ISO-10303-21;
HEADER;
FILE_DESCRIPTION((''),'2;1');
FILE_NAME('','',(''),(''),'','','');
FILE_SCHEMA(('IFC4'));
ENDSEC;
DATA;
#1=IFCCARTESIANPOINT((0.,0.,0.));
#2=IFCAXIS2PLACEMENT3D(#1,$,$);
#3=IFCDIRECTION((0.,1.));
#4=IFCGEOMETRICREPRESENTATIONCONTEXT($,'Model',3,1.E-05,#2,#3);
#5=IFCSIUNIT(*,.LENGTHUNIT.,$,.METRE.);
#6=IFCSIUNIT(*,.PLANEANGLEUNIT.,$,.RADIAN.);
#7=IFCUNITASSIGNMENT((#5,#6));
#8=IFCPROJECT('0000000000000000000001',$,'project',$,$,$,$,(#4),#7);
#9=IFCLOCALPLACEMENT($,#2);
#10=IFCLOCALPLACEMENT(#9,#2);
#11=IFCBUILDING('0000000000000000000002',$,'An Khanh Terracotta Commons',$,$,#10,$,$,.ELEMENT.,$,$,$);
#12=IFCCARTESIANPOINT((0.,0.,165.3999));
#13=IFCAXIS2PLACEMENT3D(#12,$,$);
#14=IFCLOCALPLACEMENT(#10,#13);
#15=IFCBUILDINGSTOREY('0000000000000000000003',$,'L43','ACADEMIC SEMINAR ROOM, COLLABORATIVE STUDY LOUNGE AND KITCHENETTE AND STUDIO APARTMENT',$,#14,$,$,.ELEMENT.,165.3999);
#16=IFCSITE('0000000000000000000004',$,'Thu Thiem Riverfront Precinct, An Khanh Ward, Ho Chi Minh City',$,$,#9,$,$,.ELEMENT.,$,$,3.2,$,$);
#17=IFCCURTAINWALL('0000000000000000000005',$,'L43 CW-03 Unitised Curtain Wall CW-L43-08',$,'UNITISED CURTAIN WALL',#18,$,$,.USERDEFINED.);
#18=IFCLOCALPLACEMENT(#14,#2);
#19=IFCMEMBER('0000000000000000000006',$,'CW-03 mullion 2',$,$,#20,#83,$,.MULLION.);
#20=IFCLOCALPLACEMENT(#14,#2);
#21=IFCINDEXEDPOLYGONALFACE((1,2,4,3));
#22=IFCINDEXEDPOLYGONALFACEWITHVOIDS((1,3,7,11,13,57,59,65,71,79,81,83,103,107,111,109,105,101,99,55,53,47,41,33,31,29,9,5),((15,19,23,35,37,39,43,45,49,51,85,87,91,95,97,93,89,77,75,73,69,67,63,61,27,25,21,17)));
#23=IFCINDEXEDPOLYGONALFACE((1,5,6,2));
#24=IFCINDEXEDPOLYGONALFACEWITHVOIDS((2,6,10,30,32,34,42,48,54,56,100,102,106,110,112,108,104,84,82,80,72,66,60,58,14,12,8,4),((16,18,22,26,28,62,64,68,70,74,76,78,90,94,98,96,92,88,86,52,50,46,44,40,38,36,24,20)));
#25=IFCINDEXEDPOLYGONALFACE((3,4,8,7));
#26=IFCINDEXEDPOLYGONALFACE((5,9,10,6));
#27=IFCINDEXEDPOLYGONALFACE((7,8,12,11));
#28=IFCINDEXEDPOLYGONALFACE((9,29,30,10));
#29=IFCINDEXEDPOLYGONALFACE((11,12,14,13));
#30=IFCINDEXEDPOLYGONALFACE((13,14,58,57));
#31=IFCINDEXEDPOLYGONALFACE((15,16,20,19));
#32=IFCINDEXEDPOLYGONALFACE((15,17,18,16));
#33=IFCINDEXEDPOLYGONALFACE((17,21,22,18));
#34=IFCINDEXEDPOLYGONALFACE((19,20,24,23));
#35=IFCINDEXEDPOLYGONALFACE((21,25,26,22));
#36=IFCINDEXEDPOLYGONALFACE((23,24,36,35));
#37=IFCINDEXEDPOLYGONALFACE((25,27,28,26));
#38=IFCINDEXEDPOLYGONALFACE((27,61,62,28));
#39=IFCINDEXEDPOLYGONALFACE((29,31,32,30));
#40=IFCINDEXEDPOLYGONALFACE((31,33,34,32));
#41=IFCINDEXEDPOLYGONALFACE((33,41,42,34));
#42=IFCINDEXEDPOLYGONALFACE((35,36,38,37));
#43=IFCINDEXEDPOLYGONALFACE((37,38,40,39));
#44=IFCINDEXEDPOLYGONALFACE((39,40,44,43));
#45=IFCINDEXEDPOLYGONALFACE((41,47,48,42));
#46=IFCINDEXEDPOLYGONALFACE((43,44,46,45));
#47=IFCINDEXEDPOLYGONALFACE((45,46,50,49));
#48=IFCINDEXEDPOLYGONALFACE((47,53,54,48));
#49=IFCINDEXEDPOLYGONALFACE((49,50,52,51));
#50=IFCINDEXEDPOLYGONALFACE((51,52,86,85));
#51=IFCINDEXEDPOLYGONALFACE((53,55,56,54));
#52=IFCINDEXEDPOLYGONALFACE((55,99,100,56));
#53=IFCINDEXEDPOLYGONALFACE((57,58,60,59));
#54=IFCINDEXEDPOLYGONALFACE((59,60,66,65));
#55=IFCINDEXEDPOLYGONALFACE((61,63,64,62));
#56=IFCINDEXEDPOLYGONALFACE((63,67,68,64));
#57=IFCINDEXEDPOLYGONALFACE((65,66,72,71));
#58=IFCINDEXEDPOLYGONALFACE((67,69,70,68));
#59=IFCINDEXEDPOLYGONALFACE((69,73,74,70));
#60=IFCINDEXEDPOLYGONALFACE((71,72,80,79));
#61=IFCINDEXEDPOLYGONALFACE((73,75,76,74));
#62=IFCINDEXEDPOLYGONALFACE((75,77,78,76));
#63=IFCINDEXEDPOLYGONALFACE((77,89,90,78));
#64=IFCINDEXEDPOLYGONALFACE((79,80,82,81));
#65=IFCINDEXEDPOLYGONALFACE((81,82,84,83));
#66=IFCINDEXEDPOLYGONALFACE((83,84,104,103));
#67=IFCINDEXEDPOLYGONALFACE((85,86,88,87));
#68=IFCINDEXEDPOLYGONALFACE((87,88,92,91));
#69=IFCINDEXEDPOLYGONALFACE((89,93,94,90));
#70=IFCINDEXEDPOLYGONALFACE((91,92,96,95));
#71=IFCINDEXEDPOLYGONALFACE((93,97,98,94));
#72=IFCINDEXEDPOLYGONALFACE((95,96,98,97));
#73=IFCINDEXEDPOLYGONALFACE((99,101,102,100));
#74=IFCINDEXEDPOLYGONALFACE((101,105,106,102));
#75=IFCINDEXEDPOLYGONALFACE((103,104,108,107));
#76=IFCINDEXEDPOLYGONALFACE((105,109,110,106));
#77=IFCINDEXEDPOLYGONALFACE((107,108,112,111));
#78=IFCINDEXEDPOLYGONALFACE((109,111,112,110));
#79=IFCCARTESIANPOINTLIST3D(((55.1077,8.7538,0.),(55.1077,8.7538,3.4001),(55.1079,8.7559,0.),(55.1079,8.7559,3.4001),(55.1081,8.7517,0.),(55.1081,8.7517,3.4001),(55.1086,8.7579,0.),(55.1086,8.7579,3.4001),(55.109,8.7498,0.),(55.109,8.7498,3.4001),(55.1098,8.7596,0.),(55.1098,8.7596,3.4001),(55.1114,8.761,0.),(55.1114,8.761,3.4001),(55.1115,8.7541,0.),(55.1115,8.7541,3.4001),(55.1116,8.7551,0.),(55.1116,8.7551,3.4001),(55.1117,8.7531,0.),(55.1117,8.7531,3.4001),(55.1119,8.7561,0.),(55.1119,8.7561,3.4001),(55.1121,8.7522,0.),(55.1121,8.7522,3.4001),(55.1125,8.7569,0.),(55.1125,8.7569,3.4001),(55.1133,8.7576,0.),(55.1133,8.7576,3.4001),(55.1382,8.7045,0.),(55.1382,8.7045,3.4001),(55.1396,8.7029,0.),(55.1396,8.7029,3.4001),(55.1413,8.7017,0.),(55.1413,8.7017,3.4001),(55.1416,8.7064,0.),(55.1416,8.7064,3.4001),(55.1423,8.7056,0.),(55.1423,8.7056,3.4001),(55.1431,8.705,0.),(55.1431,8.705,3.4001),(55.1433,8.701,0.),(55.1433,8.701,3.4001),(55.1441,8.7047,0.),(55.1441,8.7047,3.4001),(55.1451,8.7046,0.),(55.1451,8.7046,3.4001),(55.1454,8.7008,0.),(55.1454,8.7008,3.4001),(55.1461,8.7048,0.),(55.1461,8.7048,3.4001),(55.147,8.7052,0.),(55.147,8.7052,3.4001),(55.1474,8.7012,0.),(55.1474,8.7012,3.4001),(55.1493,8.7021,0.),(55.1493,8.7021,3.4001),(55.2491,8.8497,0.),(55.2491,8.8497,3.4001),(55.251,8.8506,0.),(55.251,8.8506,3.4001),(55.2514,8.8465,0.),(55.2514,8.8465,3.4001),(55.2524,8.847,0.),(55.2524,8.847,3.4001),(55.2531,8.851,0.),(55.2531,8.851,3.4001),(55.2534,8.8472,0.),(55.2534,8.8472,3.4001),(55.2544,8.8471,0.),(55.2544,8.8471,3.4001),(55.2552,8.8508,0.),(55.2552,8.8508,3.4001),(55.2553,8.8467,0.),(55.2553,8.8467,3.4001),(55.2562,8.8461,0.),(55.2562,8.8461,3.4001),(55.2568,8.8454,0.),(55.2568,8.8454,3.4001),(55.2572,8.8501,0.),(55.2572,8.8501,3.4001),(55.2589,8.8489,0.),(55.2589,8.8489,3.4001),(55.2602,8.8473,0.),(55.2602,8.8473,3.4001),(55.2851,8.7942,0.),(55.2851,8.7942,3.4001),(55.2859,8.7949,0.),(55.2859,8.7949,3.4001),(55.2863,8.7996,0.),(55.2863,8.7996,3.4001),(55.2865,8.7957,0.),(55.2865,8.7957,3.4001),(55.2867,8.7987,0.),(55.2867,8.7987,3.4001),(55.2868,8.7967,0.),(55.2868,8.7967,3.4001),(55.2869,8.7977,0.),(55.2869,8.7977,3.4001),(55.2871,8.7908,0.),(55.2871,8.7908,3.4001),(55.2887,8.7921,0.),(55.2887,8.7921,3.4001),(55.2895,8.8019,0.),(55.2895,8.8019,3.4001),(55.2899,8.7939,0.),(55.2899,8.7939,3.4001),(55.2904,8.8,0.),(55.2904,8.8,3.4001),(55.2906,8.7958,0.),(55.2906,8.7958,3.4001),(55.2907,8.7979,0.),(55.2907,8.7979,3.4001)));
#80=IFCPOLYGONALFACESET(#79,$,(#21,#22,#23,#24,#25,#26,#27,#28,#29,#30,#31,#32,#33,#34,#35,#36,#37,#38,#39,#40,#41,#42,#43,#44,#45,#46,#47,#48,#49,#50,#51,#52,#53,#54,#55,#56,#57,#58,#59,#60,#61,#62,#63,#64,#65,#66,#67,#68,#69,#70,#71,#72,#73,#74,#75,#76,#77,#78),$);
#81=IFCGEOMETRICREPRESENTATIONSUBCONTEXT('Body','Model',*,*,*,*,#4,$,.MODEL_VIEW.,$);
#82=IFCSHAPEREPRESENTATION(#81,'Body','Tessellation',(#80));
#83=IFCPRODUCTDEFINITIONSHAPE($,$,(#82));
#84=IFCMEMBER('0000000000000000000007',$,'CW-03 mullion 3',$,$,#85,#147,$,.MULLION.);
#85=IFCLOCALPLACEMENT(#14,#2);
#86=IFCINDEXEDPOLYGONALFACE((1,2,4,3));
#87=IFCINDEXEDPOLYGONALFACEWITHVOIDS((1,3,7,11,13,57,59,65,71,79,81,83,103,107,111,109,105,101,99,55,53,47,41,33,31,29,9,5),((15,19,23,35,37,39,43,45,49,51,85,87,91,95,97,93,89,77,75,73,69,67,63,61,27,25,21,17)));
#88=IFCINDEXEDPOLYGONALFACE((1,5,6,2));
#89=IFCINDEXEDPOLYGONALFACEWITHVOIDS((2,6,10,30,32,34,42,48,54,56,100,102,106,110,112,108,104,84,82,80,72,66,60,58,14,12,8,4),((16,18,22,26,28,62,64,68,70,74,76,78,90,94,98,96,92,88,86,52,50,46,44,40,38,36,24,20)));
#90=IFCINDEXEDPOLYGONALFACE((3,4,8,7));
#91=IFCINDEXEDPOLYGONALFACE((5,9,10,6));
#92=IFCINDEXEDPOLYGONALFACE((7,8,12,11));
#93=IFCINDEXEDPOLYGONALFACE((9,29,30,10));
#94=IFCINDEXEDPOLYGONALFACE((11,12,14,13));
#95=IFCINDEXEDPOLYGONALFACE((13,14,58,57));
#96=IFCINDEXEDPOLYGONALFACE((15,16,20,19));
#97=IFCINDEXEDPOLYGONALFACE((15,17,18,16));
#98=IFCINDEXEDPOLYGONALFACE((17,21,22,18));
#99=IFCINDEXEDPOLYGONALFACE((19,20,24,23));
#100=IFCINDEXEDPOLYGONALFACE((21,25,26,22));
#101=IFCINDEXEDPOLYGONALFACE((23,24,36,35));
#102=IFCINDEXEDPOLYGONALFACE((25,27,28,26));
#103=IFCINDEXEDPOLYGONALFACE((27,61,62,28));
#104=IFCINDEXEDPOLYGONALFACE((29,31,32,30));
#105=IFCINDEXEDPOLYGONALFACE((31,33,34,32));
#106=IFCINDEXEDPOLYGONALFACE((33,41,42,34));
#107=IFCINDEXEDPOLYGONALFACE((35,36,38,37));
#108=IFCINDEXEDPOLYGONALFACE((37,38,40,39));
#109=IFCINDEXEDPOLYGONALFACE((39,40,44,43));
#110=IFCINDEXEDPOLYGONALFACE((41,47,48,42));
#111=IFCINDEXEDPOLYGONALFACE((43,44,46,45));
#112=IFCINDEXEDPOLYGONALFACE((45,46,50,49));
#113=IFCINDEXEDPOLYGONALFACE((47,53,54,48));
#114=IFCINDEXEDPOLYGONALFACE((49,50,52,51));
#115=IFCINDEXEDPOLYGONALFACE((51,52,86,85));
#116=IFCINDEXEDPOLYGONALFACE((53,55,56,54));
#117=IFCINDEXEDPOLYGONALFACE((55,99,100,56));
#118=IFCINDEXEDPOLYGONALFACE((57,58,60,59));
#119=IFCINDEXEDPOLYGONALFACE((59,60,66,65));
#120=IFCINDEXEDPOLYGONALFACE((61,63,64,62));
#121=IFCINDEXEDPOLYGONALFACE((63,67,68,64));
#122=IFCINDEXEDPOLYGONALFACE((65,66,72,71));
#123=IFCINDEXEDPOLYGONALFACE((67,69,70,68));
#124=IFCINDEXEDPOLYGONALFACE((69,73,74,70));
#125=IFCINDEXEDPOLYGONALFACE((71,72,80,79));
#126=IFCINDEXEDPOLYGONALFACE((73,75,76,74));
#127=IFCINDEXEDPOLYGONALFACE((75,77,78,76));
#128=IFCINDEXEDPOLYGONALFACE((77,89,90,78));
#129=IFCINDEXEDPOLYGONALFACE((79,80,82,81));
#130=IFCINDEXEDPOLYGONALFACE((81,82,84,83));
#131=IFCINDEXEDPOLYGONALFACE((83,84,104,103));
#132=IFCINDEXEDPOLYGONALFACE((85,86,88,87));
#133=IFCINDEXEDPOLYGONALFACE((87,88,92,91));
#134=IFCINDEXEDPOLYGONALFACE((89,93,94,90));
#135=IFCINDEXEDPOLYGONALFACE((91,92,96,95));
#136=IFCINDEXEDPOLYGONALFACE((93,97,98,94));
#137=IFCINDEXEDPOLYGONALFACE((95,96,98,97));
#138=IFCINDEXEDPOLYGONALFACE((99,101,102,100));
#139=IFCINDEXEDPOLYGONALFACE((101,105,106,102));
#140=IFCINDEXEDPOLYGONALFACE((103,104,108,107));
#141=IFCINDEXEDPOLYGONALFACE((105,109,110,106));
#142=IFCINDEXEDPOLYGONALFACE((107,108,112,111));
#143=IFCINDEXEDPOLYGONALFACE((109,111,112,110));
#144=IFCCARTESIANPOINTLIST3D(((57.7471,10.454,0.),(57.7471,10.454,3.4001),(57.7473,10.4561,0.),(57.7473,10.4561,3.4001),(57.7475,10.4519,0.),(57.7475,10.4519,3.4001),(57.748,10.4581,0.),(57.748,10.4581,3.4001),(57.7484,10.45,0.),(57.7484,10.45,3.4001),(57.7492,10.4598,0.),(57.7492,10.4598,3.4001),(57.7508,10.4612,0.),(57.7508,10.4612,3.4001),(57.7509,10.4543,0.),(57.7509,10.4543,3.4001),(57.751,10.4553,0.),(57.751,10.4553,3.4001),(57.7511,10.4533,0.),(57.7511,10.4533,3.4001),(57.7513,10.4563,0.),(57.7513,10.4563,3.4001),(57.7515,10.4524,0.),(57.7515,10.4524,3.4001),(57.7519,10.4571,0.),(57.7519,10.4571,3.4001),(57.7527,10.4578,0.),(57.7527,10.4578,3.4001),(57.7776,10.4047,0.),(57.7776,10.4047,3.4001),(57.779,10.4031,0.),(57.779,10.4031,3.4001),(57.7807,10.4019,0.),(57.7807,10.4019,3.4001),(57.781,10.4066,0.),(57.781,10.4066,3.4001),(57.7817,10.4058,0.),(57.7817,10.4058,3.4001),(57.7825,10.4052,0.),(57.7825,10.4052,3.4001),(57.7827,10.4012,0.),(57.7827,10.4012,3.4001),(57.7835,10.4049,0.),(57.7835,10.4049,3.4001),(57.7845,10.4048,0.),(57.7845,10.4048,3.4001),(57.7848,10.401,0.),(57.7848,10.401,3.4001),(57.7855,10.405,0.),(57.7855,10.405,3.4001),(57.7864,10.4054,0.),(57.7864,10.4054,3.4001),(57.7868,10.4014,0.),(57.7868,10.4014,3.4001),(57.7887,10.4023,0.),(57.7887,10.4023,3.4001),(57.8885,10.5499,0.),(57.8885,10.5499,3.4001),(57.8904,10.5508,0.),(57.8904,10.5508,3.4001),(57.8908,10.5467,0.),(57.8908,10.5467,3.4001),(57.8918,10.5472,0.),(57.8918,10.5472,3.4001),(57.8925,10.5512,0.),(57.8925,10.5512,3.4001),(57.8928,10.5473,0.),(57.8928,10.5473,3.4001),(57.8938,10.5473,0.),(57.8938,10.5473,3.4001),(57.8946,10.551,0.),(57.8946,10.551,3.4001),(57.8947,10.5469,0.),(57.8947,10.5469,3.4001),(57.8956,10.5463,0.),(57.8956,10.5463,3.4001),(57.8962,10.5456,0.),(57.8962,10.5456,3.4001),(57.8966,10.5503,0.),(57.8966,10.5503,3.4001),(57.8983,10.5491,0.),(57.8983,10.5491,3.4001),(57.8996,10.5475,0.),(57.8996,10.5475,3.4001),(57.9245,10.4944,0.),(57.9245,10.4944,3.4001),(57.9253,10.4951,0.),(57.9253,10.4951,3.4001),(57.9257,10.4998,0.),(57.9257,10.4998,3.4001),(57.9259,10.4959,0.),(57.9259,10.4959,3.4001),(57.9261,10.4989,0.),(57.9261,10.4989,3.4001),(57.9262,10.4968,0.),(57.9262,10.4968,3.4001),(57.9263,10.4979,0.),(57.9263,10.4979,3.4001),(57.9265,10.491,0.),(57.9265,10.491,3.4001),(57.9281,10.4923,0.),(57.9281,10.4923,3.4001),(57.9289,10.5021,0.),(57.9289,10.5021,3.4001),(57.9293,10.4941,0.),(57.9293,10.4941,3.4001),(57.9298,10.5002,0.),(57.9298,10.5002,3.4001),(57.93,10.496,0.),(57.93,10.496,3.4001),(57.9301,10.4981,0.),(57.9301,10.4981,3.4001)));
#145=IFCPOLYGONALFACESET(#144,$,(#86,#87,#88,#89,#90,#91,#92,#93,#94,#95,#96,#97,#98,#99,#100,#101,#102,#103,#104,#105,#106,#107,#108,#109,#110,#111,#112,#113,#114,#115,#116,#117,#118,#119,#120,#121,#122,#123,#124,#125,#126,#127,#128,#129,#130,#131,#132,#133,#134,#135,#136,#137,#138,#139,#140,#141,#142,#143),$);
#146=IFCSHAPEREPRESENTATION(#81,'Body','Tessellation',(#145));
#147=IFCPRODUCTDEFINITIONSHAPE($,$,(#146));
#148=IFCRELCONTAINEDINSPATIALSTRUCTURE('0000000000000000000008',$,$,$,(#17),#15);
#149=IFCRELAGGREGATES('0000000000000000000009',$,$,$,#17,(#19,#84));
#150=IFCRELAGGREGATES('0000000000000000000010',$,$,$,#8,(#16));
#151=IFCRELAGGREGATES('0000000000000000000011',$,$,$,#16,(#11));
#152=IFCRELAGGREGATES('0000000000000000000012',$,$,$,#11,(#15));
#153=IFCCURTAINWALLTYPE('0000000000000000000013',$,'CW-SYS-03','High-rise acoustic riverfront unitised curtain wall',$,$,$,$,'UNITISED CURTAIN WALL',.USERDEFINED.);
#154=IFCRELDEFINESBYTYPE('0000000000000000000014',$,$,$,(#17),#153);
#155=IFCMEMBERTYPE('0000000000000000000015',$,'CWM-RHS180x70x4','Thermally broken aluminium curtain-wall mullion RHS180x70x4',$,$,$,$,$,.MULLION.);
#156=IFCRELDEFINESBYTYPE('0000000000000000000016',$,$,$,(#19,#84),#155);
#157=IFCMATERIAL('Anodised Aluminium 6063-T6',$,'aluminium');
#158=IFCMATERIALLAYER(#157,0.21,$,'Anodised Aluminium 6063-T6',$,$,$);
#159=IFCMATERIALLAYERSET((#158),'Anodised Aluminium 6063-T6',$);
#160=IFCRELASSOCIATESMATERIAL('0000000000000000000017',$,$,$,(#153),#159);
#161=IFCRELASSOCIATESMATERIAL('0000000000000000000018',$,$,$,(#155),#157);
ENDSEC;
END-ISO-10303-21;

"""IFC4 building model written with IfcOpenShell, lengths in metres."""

from ifc_helpers import new_model, si_unit, direction, frame, origin, origin_2d, place, context, subcontext, project, spatial, hollow_rectangle, extrude, material, layer, layer_set, material_profile, profile_set, type_object, element, aggregate, save


model = new_model("IFC4")

# Units and contexts
model_context = context("Model", 3, precision=1e-05, world=origin(), true_north=direction((0.0, 1.0)))
body_context = subcontext(model_context, "Body", "Model", "MODEL_VIEW")
ifc_project = project(units=[si_unit("LENGTHUNIT", "METRE"), si_unit("PLANEANGLEUNIT", "RADIAN")], contexts=[model_context])

# Site, building, storey
site_placement = place(None, origin())
site = spatial("IfcSite", under=ifc_project, at=site_placement, Name="Thu Thiem Riverfront Precinct, An Khanh Ward, Ho Chi Minh City", CompositionType="ELEMENT", RefElevation=3.2)
building_placement = place(site_placement, origin())
building = spatial("IfcBuilding", under=site, at=building_placement, Name="An Khanh Terracotta Commons", CompositionType="ELEMENT")
storey_placement = place(building_placement, frame((0.0, 0.0, 165.3999)))
storey = spatial("IfcBuildingStorey", under=building, at=storey_placement, Name="L43", Description="ACADEMIC SEMINAR ROOM, COLLABORATIVE STUDY LOUNGE AND KITCHENETTE AND STUDIO APARTMENT", CompositionType="ELEMENT", Elevation=165.3999)

# Curtain wall, members
ifc_material_1 = material(Name="Anodised Aluminium 6063-T6", Category="aluminium")
ifc_layer_1 = layer(ifc_material_1, 0.21, Name="Anodised Aluminium 6063-T6")
ifc_layer_set_1 = layer_set([ifc_layer_1], Name="Anodised Aluminium 6063-T6")
curtain_wall_type = type_object("IfcCurtainWallType", Name="CW-SYS-03", Description="High-rise acoustic riverfront unitised curtain wall", ElementType="UNITISED CURTAIN WALL", PredefinedType="USERDEFINED", material=ifc_layer_set_1)
curtain_wall_1_placement = place(storey_placement, origin())
curtain_wall_1 = element("IfcCurtainWall", 1, at=curtain_wall_1_placement, inside=storey, type_object=curtain_wall_type, Name="L43 CW-03 Unitised Curtain Wall CW-L43-08", ObjectType="UNITISED CURTAIN WALL", PredefinedType="USERDEFINED")
ifc_material_profile_1 = material_profile(ifc_material_1, hollow_rectangle(XDim=0.0701, YDim=0.1799, WallThickness=0.0039, InnerFilletRadius=0.0039, OuterFilletRadius=0.0081, at=origin_2d()), Name="RHS180x70x4")
ifc_profile_set_1 = profile_set([ifc_material_profile_1], Name="Anodised Aluminium 6063-T6")
member_type_1 = type_object("IfcMemberType", Name="CWM-RHS180x70x4", Description="Thermally broken aluminium curtain-wall mullion RHS180x70x4", PredefinedType="MULLION", material=ifc_profile_set_1)
member_1_placement = place(storey_placement, frame((55.1992, 8.7759, 0.0), z_axis=(0.0, 0.0, 1.0), x_axis=(-0.541498, 0.840702, 0.0)))
member_1 = element("IfcMember", 2, at=member_1_placement, type_object=member_type_1, Name="CW-03 mullion 2", PredefinedType="MULLION", context=body_context, shape_type="SweptSolid", body=[
    extrude(hollow_rectangle(XDim=0.0701, YDim=0.1799, WallThickness=0.0039, InnerFilletRadius=0.0039, OuterFilletRadius=0.0081, at=origin_2d()), origin(), (0.0, 0.0, 1.0), 3.4001),
])
member_2_placement = place(storey_placement, frame((57.8386, 10.4761, 0.0), z_axis=(0.0, 0.0, 1.0), x_axis=(-0.541498, 0.840702, 0.0)))
member_2 = element("IfcMember", 3, at=member_2_placement, type_object=member_type_1, Name="CW-03 mullion 3", PredefinedType="MULLION", context=body_context, shape_type="SweptSolid", body=[
    extrude(hollow_rectangle(XDim=0.0701, YDim=0.1799, WallThickness=0.0039, InnerFilletRadius=0.0039, OuterFilletRadius=0.0081, at=origin_2d()), origin(), (0.0, 0.0, 1.0), 3.4001),
])

aggregate(curtain_wall_1, [member_1, member_2])

save(model, "model.ifc")
